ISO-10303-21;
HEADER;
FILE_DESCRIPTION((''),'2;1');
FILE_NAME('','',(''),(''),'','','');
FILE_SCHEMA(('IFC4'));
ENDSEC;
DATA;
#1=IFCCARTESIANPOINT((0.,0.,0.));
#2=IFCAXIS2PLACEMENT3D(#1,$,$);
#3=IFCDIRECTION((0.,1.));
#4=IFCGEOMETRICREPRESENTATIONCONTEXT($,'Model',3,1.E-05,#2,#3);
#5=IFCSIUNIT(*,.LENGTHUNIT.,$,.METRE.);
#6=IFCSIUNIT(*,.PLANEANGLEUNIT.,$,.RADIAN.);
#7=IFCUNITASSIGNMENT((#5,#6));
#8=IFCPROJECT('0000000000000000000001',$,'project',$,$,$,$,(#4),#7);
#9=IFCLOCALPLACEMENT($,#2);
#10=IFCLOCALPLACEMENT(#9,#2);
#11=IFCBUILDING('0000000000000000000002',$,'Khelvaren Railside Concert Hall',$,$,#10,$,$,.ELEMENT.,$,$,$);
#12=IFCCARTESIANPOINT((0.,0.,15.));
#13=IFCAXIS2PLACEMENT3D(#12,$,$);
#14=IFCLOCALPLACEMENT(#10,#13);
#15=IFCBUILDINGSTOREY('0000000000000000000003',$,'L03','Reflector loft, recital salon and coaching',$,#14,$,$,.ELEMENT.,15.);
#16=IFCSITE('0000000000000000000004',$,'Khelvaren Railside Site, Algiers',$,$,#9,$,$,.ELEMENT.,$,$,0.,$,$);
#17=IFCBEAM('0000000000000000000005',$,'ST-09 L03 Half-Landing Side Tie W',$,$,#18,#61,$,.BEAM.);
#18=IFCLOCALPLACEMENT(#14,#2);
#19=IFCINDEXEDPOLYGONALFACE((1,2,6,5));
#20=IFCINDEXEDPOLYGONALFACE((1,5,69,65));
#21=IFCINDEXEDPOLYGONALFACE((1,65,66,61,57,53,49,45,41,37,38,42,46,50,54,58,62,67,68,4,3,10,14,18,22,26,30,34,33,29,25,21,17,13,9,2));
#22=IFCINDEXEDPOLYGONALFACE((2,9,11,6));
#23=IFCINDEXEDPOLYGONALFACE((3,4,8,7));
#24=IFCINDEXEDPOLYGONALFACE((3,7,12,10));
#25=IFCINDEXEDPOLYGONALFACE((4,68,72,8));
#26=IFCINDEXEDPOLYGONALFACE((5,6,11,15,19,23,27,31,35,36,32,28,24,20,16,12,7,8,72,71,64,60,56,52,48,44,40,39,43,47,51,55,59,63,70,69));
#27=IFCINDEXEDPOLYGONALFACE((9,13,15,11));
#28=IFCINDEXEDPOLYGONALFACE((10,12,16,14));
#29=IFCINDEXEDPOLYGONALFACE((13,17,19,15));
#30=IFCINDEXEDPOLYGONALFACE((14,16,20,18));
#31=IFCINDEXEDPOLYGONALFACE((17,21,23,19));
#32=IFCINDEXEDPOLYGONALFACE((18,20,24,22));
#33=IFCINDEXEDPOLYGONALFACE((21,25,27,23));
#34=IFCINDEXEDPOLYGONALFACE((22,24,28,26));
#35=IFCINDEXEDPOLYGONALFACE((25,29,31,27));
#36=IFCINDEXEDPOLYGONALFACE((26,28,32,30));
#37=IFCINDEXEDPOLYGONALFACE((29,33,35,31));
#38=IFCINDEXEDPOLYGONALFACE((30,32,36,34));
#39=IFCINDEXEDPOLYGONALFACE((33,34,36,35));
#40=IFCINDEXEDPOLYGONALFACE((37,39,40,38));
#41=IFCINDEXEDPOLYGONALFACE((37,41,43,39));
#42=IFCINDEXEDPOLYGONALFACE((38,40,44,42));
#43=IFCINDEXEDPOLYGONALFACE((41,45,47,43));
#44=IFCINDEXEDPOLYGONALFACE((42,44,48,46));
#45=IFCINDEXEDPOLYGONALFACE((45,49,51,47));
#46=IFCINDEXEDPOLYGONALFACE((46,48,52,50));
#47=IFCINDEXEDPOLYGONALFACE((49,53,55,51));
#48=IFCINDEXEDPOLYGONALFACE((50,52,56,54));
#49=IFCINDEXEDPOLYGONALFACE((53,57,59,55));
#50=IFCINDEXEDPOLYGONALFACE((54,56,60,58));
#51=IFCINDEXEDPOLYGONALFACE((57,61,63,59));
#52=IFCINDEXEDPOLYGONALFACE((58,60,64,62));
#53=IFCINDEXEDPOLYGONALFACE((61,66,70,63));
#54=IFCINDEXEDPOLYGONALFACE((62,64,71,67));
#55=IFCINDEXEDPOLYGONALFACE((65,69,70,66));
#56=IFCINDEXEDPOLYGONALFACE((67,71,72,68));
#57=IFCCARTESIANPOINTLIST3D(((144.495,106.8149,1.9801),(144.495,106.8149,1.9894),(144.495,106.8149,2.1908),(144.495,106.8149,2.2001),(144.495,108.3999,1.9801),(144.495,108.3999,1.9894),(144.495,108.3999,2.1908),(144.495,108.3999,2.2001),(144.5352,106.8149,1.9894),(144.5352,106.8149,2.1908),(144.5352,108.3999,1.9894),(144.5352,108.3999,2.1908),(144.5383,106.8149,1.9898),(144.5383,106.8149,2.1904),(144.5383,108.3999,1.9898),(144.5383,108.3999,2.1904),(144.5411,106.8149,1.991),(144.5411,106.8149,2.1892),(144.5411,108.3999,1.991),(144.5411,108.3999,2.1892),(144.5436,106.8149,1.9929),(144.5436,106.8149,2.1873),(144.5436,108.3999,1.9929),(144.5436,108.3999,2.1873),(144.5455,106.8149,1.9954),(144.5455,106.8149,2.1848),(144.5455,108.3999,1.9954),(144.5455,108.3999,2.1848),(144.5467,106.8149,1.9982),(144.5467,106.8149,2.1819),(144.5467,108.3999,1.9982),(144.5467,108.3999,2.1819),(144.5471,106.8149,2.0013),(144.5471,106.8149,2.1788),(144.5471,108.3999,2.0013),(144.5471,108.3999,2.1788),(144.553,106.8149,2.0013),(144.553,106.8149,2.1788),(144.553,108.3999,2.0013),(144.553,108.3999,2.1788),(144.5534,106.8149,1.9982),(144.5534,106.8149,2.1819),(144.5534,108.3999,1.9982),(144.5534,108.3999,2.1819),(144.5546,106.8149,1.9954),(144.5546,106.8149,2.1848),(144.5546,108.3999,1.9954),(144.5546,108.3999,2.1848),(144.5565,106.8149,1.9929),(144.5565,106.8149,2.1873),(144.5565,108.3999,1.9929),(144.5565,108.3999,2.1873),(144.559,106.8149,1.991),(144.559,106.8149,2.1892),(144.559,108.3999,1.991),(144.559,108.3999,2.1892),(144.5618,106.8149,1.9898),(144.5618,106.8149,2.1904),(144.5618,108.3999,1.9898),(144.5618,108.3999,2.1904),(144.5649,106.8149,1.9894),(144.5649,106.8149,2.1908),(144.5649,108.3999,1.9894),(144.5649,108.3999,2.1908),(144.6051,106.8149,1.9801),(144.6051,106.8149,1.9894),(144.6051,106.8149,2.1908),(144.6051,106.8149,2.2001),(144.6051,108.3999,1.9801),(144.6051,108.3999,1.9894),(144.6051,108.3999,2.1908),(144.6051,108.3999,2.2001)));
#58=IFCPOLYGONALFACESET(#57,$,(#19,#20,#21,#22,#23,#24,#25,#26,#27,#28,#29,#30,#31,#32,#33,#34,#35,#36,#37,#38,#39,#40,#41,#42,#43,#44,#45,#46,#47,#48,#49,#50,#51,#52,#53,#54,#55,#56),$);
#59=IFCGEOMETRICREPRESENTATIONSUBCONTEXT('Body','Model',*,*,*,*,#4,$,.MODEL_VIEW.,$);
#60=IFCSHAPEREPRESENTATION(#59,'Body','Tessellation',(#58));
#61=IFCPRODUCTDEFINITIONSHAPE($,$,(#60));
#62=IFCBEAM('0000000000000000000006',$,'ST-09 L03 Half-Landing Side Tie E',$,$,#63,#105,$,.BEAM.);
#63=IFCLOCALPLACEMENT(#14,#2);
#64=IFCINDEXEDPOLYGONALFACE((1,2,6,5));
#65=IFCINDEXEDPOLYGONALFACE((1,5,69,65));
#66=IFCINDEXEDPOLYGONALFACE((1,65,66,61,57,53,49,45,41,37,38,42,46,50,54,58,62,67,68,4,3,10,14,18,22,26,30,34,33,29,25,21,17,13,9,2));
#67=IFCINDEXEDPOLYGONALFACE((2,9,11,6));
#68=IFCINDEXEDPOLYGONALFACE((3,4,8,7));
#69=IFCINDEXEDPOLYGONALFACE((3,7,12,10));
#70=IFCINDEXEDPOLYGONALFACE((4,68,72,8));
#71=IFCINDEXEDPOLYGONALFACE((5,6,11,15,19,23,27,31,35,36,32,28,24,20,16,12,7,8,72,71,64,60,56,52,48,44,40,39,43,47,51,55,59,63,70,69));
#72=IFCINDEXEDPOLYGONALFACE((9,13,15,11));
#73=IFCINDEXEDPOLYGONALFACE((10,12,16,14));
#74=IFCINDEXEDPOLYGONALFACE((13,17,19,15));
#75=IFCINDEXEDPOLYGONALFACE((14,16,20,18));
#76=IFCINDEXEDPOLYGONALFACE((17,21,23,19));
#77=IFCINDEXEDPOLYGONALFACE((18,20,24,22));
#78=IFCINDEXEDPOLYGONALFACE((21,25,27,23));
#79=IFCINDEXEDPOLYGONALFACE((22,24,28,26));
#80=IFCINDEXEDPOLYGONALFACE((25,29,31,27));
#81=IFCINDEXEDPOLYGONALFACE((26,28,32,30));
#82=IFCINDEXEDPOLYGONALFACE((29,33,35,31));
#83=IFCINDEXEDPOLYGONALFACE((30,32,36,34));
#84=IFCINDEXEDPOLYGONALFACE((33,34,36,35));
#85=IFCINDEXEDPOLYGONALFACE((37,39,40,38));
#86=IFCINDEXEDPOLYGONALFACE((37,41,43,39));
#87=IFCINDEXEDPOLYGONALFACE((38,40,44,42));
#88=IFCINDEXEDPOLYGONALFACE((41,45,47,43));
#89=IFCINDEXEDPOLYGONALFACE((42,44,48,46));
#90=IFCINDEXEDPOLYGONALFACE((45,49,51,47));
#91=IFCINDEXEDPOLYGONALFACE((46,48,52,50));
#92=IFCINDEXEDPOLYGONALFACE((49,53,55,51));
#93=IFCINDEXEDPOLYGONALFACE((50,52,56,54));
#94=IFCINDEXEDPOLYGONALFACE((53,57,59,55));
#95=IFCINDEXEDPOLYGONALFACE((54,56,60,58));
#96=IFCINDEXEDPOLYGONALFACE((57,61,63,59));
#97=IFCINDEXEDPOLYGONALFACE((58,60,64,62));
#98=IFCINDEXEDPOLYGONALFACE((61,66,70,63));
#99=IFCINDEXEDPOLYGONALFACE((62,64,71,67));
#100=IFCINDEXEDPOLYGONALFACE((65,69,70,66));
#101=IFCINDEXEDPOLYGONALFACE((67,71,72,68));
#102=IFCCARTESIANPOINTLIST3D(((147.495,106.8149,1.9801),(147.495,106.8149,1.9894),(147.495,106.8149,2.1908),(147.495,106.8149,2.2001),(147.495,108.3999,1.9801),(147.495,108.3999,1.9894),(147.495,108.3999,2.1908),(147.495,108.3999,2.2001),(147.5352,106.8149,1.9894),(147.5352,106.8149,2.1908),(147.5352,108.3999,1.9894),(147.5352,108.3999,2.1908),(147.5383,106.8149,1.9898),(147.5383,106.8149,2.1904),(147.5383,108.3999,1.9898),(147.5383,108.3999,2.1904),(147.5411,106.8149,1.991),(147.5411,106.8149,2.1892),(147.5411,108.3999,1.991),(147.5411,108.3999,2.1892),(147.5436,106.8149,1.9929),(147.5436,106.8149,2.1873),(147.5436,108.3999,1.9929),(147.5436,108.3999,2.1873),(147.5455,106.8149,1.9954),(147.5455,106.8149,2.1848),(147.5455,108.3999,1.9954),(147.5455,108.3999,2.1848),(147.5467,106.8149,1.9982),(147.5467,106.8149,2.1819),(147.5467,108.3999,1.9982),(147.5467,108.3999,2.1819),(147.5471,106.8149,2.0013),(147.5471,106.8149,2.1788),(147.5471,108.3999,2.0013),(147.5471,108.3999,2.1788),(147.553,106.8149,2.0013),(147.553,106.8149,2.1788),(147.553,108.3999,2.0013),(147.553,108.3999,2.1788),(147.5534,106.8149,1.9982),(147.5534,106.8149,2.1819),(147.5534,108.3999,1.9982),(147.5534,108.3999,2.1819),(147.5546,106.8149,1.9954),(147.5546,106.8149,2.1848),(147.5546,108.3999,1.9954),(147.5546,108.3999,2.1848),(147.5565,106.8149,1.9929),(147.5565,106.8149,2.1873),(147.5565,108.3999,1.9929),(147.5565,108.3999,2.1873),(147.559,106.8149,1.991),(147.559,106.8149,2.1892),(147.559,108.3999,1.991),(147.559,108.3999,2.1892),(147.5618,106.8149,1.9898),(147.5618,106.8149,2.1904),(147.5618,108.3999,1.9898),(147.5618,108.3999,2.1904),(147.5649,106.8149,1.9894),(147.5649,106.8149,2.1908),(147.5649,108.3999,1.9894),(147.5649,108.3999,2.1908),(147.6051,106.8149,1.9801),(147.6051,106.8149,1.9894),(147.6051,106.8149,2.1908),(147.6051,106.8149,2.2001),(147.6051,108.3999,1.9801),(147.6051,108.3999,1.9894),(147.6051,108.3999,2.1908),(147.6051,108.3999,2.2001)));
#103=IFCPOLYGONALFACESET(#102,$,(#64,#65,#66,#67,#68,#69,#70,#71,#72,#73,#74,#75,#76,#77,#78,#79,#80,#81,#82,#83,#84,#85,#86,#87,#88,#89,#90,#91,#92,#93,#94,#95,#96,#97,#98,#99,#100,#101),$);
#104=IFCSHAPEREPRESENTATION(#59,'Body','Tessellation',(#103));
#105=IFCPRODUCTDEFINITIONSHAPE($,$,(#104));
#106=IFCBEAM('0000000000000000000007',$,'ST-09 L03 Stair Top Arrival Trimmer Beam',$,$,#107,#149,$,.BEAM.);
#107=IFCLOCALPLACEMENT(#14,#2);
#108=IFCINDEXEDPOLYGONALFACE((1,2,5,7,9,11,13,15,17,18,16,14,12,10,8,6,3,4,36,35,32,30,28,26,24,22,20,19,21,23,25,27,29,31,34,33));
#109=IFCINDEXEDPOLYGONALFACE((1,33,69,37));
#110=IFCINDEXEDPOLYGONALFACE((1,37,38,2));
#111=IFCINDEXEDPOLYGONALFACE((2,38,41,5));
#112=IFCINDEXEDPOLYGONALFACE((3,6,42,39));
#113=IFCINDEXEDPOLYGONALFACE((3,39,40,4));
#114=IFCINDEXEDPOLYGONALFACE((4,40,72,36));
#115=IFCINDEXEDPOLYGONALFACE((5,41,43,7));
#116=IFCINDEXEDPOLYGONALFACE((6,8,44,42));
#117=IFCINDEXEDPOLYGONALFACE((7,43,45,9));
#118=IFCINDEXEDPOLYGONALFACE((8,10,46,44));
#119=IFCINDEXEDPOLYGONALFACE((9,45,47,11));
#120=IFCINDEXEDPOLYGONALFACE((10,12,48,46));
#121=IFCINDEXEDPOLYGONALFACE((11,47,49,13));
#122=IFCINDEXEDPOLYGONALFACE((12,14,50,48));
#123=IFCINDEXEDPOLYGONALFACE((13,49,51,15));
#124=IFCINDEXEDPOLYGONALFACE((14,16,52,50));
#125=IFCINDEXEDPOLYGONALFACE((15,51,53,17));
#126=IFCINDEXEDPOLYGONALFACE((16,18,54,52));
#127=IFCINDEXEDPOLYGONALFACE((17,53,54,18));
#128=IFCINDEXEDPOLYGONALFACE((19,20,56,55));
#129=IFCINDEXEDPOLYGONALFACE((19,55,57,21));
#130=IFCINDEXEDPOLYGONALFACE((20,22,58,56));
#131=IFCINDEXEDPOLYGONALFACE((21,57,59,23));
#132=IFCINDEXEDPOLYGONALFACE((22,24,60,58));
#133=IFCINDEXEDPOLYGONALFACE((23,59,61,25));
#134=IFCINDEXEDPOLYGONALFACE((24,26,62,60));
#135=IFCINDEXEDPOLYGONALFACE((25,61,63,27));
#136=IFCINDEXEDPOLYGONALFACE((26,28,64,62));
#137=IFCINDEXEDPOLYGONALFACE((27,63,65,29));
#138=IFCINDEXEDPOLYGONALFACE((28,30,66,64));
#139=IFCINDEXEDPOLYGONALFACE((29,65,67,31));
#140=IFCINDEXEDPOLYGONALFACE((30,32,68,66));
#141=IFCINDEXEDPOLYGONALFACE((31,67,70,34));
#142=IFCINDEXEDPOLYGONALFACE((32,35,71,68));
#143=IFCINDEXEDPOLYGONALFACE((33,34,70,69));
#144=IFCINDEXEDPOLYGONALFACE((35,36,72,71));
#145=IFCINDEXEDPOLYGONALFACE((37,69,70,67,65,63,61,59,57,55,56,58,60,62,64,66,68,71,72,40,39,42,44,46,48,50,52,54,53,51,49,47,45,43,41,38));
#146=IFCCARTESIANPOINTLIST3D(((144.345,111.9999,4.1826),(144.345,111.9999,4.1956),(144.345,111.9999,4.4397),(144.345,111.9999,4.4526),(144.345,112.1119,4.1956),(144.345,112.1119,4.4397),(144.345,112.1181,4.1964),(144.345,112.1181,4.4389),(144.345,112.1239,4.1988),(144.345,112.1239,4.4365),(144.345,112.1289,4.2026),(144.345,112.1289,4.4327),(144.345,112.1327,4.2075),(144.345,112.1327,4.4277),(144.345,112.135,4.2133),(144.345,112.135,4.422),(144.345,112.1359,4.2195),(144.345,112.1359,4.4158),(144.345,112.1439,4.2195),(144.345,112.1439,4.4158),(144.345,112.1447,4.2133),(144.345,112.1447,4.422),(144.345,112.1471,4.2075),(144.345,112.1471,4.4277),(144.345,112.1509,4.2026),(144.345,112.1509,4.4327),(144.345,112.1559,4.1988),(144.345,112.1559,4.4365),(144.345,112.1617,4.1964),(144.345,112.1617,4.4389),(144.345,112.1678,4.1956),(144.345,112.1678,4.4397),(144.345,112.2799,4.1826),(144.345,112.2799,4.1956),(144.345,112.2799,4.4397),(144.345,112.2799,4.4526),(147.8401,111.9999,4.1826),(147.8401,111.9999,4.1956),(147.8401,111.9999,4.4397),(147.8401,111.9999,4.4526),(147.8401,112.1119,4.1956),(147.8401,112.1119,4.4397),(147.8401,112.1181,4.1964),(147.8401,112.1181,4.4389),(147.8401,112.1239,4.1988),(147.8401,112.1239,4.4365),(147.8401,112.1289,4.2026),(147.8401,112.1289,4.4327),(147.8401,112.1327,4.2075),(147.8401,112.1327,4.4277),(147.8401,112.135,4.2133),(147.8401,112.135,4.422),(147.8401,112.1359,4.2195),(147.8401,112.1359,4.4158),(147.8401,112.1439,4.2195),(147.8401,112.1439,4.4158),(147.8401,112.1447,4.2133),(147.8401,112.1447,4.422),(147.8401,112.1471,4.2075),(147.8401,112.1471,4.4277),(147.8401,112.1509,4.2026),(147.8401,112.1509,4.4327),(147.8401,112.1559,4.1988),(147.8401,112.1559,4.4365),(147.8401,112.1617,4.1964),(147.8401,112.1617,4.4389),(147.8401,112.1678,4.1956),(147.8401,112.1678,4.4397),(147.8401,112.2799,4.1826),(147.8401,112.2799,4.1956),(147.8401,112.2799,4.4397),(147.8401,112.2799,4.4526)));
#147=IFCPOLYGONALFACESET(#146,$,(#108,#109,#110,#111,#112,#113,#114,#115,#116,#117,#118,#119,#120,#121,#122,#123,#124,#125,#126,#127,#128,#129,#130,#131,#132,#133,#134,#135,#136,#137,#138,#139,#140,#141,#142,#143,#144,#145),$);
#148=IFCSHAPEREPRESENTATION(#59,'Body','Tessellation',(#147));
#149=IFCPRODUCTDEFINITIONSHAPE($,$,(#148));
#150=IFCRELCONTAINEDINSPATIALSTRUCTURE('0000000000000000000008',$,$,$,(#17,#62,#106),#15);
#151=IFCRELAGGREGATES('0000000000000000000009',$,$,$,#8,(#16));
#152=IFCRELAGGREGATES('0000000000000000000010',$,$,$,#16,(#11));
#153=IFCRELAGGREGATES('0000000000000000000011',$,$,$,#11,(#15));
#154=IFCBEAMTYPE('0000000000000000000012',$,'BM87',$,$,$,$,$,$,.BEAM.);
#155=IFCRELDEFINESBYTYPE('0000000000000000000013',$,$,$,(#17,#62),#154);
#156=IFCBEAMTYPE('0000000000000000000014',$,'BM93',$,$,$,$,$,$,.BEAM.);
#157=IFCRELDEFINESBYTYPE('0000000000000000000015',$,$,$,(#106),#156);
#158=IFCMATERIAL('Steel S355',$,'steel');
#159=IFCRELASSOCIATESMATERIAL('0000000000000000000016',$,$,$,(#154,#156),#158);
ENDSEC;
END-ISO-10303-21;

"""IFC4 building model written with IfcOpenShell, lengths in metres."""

from ifc_helpers import new_model, si_unit, direction, frame, origin, origin_2d, place, context, subcontext, project, spatial, i_section, extrude, material, material_profile, profile_set, type_object, element, save


model = new_model("IFC4")

# Units and contexts
model_context = context("Model", 3, precision=1e-05, world=origin(), true_north=direction((0.0, 1.0)))
body_context = subcontext(model_context, "Body", "Model", "MODEL_VIEW")
ifc_project = project(units=[si_unit("LENGTHUNIT", "METRE"), si_unit("PLANEANGLEUNIT", "RADIAN")], contexts=[model_context])

# Site, building, storey
site_placement = place(None, origin())
site = spatial("IfcSite", under=ifc_project, at=site_placement, Name="Khelvaren Railside Site, Algiers", CompositionType="ELEMENT", RefElevation=0.0)
building_placement = place(site_placement, origin())
building = spatial("IfcBuilding", under=site, at=building_placement, Name="Khelvaren Railside Concert Hall", CompositionType="ELEMENT")
storey_placement = place(building_placement, frame((0.0, 0.0, 15.0)))
storey = spatial("IfcBuildingStorey", under=building, at=storey_placement, Name="L03", Description="Reflector loft, recital salon and coaching", CompositionType="ELEMENT", Elevation=15.0)

# Beams
ifc_material_1 = material(Name="Steel S355", Category="steel")
ifc_material_profile_1 = material_profile(ifc_material_1, i_section(OverallWidth=0.1101, OverallDepth=0.22, WebThickness=0.0059, FlangeThickness=0.0093, FilletRadius=0.012, at=origin_2d()), Name="IPE 220")
ifc_profile_set_1 = profile_set([ifc_material_profile_1], Name="Steel S355")
beam_type_1 = type_object("IfcBeamType", Name="BM87", PredefinedType="BEAM", material=ifc_profile_set_1)
for number, where, z_axis, x_axis, name in (
    (1, (144.55, 106.8149, 2.0901), (0.0, 1.0, 0.0), (-1.0, 0.0, 0.0), "ST-09 L03 Half-Landing Side Tie W"),
    (2, (147.55, 106.8149, 2.0901), (0.0, 1.0, 0.0), (-1.0, 0.0, 0.0), "ST-09 L03 Half-Landing Side Tie E"),
):
    element("IfcBeam", number, at=place(storey_placement, frame(where, z_axis=z_axis, x_axis=x_axis)), inside=storey, type_object=beam_type_1, Name=name, PredefinedType="BEAM", context=body_context, shape_type="SweptSolid", body=[
        extrude(i_section(OverallWidth=0.1101, OverallDepth=0.22, WebThickness=0.0059, FlangeThickness=0.0093, FilletRadius=0.012, at=origin_2d()), origin(), (0.0, 0.0, 1.0), 1.585),
    ])
ifc_material_profile_2 = material_profile(ifc_material_1, i_section(OverallWidth=0.28, OverallDepth=0.27, WebThickness=0.0081, FlangeThickness=0.0129, FilletRadius=0.0239, at=origin_2d()), Name="HEA 280")
ifc_profile_set_2 = profile_set([ifc_material_profile_2], Name="Steel S355")
beam_type_2 = type_object("IfcBeamType", Name="BM93", PredefinedType="BEAM", material=ifc_profile_set_2)
beam_1_placement = place(storey_placement, frame((144.345, 112.1399, 4.3176), z_axis=(1.0, 0.0, 0.0), x_axis=(0.0, 1.0, 0.0)))
element("IfcBeam", 3, at=beam_1_placement, inside=storey, type_object=beam_type_2, Name="ST-09 L03 Stair Top Arrival Trimmer Beam", PredefinedType="BEAM", context=body_context, shape_type="SweptSolid", body=[
    extrude(i_section(OverallWidth=0.28, OverallDepth=0.27, WebThickness=0.0081, FlangeThickness=0.0129, FilletRadius=0.0239, at=origin_2d()), origin(), (0.0, 0.0, 1.0), 3.4951),
])

save(model, "model.ifc")
